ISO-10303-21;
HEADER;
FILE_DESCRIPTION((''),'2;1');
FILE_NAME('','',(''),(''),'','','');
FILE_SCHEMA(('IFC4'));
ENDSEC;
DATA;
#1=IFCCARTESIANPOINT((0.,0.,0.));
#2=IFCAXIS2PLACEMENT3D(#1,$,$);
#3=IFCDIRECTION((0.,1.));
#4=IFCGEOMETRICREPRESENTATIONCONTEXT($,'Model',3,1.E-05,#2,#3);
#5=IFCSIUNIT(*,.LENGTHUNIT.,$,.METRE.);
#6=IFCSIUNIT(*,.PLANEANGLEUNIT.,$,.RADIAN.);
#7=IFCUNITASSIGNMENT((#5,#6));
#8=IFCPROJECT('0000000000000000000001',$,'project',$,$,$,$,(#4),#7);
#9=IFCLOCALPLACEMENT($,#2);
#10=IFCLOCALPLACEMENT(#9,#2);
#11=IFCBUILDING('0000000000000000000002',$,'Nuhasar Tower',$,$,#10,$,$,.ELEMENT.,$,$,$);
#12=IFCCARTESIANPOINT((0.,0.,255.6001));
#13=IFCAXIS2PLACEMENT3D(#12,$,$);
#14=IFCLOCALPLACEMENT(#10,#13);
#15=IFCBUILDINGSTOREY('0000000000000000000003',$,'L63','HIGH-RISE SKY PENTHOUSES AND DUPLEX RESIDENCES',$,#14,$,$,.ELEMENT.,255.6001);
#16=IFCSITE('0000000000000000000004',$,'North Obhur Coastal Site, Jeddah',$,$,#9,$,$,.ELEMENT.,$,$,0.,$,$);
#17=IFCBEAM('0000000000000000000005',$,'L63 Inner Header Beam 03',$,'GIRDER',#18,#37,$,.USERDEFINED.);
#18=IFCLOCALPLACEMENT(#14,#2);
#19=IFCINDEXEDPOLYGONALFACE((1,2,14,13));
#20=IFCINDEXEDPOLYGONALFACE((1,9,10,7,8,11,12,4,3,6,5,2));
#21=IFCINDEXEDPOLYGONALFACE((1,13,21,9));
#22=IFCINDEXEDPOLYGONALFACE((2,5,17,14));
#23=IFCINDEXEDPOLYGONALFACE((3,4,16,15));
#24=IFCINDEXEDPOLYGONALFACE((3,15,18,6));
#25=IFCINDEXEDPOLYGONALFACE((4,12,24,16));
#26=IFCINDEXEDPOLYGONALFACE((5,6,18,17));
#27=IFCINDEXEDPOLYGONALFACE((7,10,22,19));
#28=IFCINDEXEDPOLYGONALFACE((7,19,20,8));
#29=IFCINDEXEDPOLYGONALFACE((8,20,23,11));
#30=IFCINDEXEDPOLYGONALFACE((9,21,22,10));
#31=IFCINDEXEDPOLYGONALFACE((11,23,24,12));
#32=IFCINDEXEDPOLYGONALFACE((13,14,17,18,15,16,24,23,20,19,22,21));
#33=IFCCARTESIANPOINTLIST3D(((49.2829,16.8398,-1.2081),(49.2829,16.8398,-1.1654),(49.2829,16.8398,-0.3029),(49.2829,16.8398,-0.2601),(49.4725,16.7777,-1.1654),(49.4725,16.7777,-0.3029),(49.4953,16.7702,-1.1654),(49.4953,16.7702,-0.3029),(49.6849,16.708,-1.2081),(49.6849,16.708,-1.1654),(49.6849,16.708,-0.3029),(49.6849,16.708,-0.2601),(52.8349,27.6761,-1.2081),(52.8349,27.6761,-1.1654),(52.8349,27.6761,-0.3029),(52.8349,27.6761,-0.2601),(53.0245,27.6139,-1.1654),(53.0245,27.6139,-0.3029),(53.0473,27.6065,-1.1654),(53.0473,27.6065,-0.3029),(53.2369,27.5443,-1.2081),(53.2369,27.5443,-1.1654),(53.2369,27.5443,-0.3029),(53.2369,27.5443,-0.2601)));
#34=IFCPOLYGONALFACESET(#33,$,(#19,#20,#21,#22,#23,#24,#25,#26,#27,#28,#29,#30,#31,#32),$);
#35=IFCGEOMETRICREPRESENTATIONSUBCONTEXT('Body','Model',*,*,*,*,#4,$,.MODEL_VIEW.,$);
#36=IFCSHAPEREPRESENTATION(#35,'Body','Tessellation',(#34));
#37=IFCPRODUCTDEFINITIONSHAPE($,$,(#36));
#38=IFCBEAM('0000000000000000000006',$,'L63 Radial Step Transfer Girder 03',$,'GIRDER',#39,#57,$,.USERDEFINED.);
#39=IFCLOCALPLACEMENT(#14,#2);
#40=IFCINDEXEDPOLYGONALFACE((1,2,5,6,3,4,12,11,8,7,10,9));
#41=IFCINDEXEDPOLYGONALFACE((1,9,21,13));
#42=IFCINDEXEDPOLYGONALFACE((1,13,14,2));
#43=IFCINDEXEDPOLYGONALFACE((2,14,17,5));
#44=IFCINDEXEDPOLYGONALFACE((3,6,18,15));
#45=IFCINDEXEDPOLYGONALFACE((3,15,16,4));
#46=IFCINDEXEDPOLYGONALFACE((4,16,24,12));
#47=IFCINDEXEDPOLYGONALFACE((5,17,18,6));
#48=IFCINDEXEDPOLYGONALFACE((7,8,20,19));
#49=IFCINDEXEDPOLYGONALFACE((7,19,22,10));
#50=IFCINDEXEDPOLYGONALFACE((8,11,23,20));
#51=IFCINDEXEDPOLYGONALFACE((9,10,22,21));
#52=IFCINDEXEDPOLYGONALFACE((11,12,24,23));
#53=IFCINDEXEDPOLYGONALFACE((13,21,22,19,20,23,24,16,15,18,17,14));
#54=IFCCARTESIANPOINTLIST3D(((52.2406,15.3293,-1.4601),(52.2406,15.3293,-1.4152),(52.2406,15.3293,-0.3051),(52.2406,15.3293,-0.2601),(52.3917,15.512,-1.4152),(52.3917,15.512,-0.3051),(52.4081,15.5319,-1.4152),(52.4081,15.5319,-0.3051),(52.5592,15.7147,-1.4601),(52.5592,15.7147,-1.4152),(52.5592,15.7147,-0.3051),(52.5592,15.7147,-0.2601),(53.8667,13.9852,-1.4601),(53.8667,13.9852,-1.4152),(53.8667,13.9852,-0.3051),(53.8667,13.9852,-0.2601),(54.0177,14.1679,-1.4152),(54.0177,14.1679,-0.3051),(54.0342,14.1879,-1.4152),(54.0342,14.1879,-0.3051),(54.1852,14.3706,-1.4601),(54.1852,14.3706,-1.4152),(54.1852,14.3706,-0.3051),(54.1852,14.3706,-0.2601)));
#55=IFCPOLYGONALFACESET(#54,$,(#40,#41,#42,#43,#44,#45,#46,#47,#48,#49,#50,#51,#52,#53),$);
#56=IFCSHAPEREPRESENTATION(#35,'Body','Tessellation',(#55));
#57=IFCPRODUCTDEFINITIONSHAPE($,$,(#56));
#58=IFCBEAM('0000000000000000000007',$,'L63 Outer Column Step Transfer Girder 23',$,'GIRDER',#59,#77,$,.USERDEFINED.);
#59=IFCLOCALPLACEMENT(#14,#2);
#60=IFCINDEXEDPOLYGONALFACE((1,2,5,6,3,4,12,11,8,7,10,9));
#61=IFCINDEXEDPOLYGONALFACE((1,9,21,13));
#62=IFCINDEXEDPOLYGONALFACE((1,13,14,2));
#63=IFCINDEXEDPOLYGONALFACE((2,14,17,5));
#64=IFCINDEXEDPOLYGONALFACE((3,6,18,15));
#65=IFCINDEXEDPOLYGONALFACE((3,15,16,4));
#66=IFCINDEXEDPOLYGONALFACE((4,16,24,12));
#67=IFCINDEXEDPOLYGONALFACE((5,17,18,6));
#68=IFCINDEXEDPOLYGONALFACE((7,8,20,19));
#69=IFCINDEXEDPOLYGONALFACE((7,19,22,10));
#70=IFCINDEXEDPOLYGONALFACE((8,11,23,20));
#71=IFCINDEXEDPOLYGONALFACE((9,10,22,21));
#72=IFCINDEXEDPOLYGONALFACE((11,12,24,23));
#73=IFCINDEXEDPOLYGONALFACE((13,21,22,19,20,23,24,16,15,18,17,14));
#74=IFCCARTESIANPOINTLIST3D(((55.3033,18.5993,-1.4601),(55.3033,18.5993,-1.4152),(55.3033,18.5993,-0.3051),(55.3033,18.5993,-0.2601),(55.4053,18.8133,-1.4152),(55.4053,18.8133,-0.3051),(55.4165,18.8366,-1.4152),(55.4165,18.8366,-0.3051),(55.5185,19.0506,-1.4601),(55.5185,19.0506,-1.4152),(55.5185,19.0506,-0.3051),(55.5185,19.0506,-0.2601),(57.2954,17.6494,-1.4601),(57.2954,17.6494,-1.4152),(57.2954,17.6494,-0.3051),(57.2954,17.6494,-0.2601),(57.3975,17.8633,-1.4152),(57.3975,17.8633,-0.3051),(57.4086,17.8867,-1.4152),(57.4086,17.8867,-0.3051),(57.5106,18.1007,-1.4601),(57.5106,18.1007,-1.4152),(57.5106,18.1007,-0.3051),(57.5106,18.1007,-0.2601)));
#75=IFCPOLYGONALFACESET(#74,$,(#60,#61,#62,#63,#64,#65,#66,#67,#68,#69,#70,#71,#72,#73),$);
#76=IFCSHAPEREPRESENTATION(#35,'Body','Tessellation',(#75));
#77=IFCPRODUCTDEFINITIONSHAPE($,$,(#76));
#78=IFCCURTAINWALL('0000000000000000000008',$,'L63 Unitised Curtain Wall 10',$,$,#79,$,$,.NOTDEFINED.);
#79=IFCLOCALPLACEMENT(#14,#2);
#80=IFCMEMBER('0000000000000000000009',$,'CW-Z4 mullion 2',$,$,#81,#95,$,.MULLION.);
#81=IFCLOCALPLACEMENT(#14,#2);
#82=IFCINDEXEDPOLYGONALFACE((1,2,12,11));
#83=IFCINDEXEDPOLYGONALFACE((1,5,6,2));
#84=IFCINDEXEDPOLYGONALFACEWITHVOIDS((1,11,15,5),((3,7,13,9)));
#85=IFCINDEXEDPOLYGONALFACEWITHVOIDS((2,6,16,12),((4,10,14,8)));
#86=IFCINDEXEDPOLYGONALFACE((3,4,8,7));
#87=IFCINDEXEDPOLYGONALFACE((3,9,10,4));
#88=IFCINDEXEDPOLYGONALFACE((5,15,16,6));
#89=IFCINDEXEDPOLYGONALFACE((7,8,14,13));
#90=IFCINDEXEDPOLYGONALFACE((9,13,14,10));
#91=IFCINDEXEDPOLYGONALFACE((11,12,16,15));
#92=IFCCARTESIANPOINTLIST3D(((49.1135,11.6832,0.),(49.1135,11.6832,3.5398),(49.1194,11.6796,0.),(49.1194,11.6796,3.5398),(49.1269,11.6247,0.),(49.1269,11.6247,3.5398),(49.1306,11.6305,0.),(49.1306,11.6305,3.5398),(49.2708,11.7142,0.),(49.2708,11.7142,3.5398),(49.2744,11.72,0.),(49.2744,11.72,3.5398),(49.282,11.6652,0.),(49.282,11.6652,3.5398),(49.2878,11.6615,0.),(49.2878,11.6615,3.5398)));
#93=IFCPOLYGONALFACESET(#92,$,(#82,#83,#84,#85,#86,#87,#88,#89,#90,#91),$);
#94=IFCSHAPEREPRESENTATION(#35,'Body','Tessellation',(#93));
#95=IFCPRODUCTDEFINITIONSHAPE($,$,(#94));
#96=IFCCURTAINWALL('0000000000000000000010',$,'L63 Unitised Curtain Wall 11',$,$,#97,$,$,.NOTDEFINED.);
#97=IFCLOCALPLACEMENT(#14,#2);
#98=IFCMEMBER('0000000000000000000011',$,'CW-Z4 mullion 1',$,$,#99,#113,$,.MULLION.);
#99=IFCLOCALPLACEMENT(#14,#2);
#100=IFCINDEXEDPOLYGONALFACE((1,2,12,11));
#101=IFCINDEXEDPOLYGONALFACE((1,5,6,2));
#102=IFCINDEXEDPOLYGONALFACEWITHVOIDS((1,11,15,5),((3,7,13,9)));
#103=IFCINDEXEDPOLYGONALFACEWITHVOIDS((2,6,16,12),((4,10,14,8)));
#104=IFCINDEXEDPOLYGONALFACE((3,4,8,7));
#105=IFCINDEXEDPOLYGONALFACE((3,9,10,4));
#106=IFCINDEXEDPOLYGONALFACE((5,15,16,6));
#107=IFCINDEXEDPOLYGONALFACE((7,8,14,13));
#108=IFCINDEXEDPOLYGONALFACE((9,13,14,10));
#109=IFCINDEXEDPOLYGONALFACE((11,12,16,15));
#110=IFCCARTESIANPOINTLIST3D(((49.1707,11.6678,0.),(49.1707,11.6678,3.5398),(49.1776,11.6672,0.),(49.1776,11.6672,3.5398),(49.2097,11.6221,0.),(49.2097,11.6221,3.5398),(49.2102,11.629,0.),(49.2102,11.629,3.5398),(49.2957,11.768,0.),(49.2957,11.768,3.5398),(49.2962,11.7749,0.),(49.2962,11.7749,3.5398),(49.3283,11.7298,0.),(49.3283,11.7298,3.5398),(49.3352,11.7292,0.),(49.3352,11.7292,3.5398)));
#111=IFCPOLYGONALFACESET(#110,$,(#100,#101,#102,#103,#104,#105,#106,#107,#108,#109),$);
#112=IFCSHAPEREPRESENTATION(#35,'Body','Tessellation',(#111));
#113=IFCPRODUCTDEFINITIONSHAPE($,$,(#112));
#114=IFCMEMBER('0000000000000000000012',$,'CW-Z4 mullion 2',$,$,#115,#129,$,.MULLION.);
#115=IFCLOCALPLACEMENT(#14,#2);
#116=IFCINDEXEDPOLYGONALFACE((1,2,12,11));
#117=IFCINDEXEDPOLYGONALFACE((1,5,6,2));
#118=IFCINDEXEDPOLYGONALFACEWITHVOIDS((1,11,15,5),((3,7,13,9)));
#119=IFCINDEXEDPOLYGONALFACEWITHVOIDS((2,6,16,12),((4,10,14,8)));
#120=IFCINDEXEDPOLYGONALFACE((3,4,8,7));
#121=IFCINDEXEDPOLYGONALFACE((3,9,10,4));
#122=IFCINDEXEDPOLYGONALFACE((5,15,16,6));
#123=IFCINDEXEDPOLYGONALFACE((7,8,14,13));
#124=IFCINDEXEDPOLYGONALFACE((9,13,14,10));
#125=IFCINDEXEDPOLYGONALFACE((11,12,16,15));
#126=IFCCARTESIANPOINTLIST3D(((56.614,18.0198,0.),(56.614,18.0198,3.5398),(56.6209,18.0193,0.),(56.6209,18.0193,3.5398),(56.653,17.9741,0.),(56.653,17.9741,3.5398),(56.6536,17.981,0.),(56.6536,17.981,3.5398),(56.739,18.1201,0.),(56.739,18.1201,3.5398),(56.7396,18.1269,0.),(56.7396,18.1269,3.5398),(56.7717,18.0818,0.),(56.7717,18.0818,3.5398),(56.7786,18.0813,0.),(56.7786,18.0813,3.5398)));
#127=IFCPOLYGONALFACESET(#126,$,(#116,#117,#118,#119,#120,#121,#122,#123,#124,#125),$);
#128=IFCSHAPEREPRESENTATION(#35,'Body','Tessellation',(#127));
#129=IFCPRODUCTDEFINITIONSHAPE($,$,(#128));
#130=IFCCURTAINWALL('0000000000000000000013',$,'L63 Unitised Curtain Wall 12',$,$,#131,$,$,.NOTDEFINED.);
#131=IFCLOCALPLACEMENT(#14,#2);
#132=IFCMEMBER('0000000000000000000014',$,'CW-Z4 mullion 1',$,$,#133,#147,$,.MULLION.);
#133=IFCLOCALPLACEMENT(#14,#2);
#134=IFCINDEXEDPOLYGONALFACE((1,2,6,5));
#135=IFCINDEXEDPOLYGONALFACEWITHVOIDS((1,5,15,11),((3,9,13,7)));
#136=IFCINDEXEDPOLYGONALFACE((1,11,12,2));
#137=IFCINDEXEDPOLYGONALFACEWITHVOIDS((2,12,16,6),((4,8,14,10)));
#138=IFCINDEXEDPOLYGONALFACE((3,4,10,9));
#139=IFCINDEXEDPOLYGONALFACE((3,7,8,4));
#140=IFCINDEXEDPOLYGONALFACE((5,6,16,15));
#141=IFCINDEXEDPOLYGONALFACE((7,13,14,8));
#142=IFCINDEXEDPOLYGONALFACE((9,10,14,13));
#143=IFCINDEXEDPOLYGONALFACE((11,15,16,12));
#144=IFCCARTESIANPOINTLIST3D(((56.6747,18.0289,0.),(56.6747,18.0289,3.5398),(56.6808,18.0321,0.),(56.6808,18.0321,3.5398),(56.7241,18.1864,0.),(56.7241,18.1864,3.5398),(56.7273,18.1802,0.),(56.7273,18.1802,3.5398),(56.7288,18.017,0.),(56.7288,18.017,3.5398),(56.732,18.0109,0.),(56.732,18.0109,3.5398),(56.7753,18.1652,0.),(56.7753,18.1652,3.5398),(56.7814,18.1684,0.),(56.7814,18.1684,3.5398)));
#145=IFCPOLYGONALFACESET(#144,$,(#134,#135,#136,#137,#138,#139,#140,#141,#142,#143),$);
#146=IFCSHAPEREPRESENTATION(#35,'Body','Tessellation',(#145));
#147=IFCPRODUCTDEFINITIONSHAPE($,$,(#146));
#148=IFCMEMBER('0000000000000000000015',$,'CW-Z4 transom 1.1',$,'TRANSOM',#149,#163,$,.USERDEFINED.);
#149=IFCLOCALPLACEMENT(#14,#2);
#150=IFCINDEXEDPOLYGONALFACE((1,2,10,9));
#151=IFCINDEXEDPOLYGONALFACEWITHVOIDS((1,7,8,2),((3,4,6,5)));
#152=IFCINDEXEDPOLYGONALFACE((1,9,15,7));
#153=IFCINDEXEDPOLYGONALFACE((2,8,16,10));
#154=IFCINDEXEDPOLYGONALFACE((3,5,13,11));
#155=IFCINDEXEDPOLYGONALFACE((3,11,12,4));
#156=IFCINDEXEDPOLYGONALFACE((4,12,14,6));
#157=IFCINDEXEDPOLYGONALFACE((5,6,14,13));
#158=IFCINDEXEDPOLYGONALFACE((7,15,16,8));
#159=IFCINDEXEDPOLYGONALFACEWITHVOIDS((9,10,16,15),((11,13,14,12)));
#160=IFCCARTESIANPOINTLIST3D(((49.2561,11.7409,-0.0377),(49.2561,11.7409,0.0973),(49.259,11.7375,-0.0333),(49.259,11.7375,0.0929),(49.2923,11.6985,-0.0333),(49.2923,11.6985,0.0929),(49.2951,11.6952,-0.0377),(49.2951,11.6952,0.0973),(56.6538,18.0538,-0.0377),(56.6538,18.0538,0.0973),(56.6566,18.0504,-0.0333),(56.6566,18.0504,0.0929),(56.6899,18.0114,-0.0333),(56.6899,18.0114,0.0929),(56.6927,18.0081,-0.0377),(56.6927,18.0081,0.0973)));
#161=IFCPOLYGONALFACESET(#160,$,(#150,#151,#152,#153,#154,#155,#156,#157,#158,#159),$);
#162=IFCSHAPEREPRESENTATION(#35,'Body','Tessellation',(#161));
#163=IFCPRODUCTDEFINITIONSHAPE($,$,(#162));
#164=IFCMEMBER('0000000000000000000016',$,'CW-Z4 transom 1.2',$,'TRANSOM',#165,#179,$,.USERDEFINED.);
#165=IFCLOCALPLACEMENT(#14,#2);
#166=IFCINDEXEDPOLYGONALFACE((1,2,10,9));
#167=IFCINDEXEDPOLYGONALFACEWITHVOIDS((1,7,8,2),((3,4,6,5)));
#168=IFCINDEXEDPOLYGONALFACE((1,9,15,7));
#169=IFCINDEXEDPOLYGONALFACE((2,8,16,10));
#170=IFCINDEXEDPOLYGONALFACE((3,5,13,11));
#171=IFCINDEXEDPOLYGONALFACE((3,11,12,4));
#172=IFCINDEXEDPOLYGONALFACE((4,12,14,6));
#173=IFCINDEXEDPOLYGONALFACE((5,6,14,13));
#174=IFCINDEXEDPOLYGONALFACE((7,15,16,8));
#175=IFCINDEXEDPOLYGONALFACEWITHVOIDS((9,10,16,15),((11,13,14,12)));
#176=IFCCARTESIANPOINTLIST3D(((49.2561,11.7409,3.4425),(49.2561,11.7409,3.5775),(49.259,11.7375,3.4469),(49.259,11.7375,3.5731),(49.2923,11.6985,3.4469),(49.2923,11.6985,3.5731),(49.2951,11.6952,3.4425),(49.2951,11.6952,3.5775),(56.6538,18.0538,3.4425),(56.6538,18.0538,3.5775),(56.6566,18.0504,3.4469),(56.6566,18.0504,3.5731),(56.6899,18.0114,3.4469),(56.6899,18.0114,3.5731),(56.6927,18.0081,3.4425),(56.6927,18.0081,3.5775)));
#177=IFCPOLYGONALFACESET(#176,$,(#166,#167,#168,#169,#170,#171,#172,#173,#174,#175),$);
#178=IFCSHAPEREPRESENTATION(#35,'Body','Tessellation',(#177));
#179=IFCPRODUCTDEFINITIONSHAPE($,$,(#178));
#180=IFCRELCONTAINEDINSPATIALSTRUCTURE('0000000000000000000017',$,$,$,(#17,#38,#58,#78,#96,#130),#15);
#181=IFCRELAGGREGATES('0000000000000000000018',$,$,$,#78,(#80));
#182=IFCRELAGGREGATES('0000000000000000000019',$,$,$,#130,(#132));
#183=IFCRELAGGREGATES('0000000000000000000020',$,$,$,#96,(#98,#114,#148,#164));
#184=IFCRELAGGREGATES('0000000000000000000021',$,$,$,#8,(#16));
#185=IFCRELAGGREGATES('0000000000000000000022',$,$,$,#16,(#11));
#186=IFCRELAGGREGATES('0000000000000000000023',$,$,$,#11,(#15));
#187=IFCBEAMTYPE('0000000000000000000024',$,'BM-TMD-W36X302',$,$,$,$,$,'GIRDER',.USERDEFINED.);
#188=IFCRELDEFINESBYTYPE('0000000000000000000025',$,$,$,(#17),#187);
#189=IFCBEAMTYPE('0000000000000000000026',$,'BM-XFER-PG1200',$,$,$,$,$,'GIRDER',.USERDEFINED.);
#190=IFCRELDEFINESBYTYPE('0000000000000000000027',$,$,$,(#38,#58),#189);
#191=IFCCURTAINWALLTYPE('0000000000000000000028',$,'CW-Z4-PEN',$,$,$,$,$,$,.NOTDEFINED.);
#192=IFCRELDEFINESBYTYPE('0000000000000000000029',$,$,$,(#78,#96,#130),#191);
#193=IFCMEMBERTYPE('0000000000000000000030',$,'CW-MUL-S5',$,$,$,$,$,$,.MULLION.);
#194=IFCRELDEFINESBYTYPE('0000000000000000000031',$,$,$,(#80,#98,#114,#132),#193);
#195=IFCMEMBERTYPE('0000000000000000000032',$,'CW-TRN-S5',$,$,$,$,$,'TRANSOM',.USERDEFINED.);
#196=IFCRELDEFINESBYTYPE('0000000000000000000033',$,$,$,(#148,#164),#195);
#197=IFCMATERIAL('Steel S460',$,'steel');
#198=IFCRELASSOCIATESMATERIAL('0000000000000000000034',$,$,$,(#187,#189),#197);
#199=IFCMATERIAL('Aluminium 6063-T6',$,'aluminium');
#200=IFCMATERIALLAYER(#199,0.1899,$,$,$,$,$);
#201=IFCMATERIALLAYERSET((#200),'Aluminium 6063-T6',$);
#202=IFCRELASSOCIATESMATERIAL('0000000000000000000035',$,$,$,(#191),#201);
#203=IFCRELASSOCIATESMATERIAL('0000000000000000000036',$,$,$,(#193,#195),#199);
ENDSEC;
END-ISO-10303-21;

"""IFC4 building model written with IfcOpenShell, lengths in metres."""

from ifc_helpers import new_model, si_unit, direction, frame, origin, origin_2d, place, context, subcontext, project, spatial, hollow_rectangle, i_section, extrude, material, layer, layer_set, material_profile, profile_set, type_object, element, aggregate, save


model = new_model("IFC4")

# Units and contexts
model_context = context("Model", 3, precision=1e-05, world=origin(), true_north=direction((0.0, 1.0)))
body_context = subcontext(model_context, "Body", "Model", "MODEL_VIEW")
ifc_project = project(units=[si_unit("LENGTHUNIT", "METRE"), si_unit("PLANEANGLEUNIT", "RADIAN")], contexts=[model_context])

# Site, building, storey
site_placement = place(None, origin())
site = spatial("IfcSite", under=ifc_project, at=site_placement, Name="North Obhur Coastal Site, Jeddah", CompositionType="ELEMENT", RefElevation=0.0)
building_placement = place(site_placement, origin())
building = spatial("IfcBuilding", under=site, at=building_placement, Name="Nuhasar Tower", CompositionType="ELEMENT")
storey_placement = place(building_placement, frame((0.0, 0.0, 255.6001)))
storey = spatial("IfcBuildingStorey", under=building, at=storey_placement, Name="L63", Description="HIGH-RISE SKY PENTHOUSES AND DUPLEX RESIDENCES", CompositionType="ELEMENT", Elevation=255.6001)

# Beams
ifc_material_1 = material(Name="Steel S460", Category="steel")
ifc_material_profile_1 = material_profile(ifc_material_1, i_section(OverallWidth=0.4231, OverallDepth=0.948, WebThickness=0.0239, FlangeThickness=0.0427, at=origin_2d()), Name="W36X302")
ifc_profile_set_1 = profile_set([ifc_material_profile_1], Name="Steel S460")
beam_type_1 = type_object("IfcBeamType", Name="BM-TMD-W36X302", ElementType="GIRDER", PredefinedType="USERDEFINED", material=ifc_profile_set_1)
beam_1_placement = place(storey_placement, frame((49.4839, 16.7739, -0.7341), z_axis=(0.311484, 0.950251, 0.0), x_axis=(-0.950251, 0.311484, 0.0)))
element("IfcBeam", 1, at=beam_1_placement, inside=storey, type_object=beam_type_1, Name="L63 Inner Header Beam 03", ObjectType="GIRDER", PredefinedType="USERDEFINED", context=body_context, shape_type="SweptSolid", body=[
    extrude(i_section(OverallWidth=0.4231, OverallDepth=0.948, WebThickness=0.0239, FlangeThickness=0.0427, at=origin_2d()), origin(), (0.0, 0.0, 1.0), 11.4036),
])
ifc_material_profile_2 = material_profile(ifc_material_1, i_section(OverallWidth=0.5, OverallDepth=1.2, WebThickness=0.0259, FlangeThickness=0.0449, at=origin_2d()), Name="PG1200X500")
ifc_profile_set_2 = profile_set([ifc_material_profile_2], Name="Steel S460")
beam_type_2 = type_object("IfcBeamType", Name="BM-XFER-PG1200", ElementType="GIRDER", PredefinedType="USERDEFINED", material=ifc_profile_set_2)
beam_2_placement = place(storey_placement, frame((52.3999, 15.522, -0.8601), z_axis=(0.770776, -0.637106, 0.0), x_axis=(0.637106, 0.770776, 0.0)))
element("IfcBeam", 2, at=beam_2_placement, inside=storey, type_object=beam_type_2, Name="L63 Radial Step Transfer Girder 03", ObjectType="GIRDER", PredefinedType="USERDEFINED", context=body_context, shape_type="SweptSolid", body=[
    extrude(i_section(OverallWidth=0.5, OverallDepth=1.2, WebThickness=0.0259, FlangeThickness=0.0449, at=origin_2d()), origin(), (0.0, 0.0, 1.0), 2.1096),
])
beam_3_placement = place(storey_placement, frame((55.4109, 18.825, -0.8601), z_axis=(0.902633, -0.43041, 0.0), x_axis=(0.43041, 0.902633, 0.0)))
element("IfcBeam", 3, at=beam_3_placement, inside=storey, type_object=beam_type_2, Name="L63 Outer Column Step Transfer Girder 23", ObjectType="GIRDER", PredefinedType="USERDEFINED", context=body_context, shape_type="SweptSolid", body=[
    extrude(i_section(OverallWidth=0.5, OverallDepth=1.2, WebThickness=0.0259, FlangeThickness=0.0449, at=origin_2d()), origin(), (0.0, 0.0, 1.0), 2.207),
])

# Curtain wall, member
ifc_material_2 = material(Name="Aluminium 6063-T6", Category="aluminium")
ifc_layer_1 = layer(ifc_material_2, 0.1899)
ifc_layer_set_1 = layer_set([ifc_layer_1], Name="Aluminium 6063-T6")
curtain_wall_type = type_object("IfcCurtainWallType", Name="CW-Z4-PEN", PredefinedType="NOTDEFINED", material=ifc_layer_set_1)
curtain_wall_1_placement = place(storey_placement, origin())
curtain_wall_1 = element("IfcCurtainWall", 4, at=curtain_wall_1_placement, inside=storey, type_object=curtain_wall_type, Name="L63 Unitised Curtain Wall 10", PredefinedType="NOTDEFINED")
ifc_material_profile_3 = material_profile(ifc_material_2, hollow_rectangle(XDim=0.0601, YDim=0.165, WallThickness=0.0049, at=origin_2d()), Name="CWM-5")
ifc_profile_set_3 = profile_set([ifc_material_profile_3], Name="Aluminium 6063-T6")
member_type_1 = type_object("IfcMemberType", Name="CW-MUL-S5", PredefinedType="MULLION", material=ifc_profile_set_3)
member_1_placement = place(storey_placement, frame((49.2007, 11.6724, 0.0), z_axis=(0.0, 0.0, 1.0), x_axis=(-0.222889, 0.974844, 0.0)))
member_1 = element("IfcMember", 5, at=member_1_placement, type_object=member_type_1, Name="CW-Z4 mullion 2", PredefinedType="MULLION", context=body_context, shape_type="SweptSolid", body=[
    extrude(hollow_rectangle(XDim=0.0601, YDim=0.165, WallThickness=0.0049, at=origin_2d()), origin(), (0.0, 0.0, 1.0), 3.5398),
])
aggregate(curtain_wall_1, [member_1])

# Curtain wall, members
curtain_wall_2_placement = place(storey_placement, origin())
curtain_wall_2 = element("IfcCurtainWall", 6, at=curtain_wall_2_placement, inside=storey, type_object=curtain_wall_type, Name="L63 Unitised Curtain Wall 11", PredefinedType="NOTDEFINED")
member_2_placement = place(storey_placement, frame((49.2529, 11.6985, 0.0), z_axis=(0.0, 0.0, 1.0), x_axis=(-0.649142, 0.760667, 0.0)))
member_2 = element("IfcMember", 7, at=member_2_placement, type_object=member_type_1, Name="CW-Z4 mullion 1", PredefinedType="MULLION", context=body_context, shape_type="SweptSolid", body=[
    extrude(hollow_rectangle(XDim=0.0601, YDim=0.165, WallThickness=0.0049, at=origin_2d()), origin(), (0.0, 0.0, 1.0), 3.5398),
])
member_3_placement = place(storey_placement, frame((56.6963, 18.0505, 0.0), z_axis=(0.0, 0.0, 1.0), x_axis=(-0.649142, 0.760667, 0.0)))
member_3 = element("IfcMember", 8, at=member_3_placement, type_object=member_type_1, Name="CW-Z4 mullion 2", PredefinedType="MULLION", context=body_context, shape_type="SweptSolid", body=[
    extrude(hollow_rectangle(XDim=0.0601, YDim=0.165, WallThickness=0.0049, at=origin_2d()), origin(), (0.0, 0.0, 1.0), 3.5398),
])

# Curtain wall, member
curtain_wall_3_placement = place(storey_placement, origin())
curtain_wall_3 = element("IfcCurtainWall", 9, at=curtain_wall_3_placement, inside=storey, type_object=curtain_wall_type, Name="L63 Unitised Curtain Wall 12", PredefinedType="NOTDEFINED")
member_4_placement = place(storey_placement, frame((56.728, 18.0986, 0.0), z_axis=(0.0, 0.0, 1.0), x_axis=(-0.954079, 0.299557, 0.0)))
member_4 = element("IfcMember", 10, at=member_4_placement, type_object=member_type_1, Name="CW-Z4 mullion 1", PredefinedType="MULLION", context=body_context, shape_type="SweptSolid", body=[
    extrude(hollow_rectangle(XDim=0.0601, YDim=0.165, WallThickness=0.0049, at=origin_2d()), origin(), (0.0, 0.0, 1.0), 3.5398),
])

# Members
ifc_material_profile_4 = material_profile(ifc_material_2, hollow_rectangle(XDim=0.0601, YDim=0.135, WallThickness=0.0044, at=origin_2d()), Name="CWT-5")
ifc_profile_set_4 = profile_set([ifc_material_profile_4], Name="Aluminium 6063-T6")
member_type_2 = type_object("IfcMemberType", Name="CW-TRN-S5", ElementType="TRANSOM", PredefinedType="USERDEFINED", material=ifc_profile_set_4)
member_5_placement = place(storey_placement, frame((49.2756, 11.718, 0.0298), z_axis=(0.760672, 0.649136, 0.0), x_axis=(-0.649136, 0.760672, 0.0)))
member_5 = element("IfcMember", 11, at=member_5_placement, type_object=member_type_2, Name="CW-Z4 transom 1.1", ObjectType="TRANSOM", PredefinedType="USERDEFINED", context=body_context, shape_type="SweptSolid", body=[
    extrude(hollow_rectangle(XDim=0.0601, YDim=0.135, WallThickness=0.0044, at=origin_2d()), origin(), (0.0, 0.0, 1.0), 9.7251),
])
member_6_placement = place(storey_placement, frame((49.2756, 11.718, 3.51), z_axis=(0.760672, 0.649136, 0.0), x_axis=(-0.649136, 0.760672, 0.0)))
member_6 = element("IfcMember", 12, at=member_6_placement, type_object=member_type_2, Name="CW-Z4 transom 1.2", ObjectType="TRANSOM", PredefinedType="USERDEFINED", context=body_context, shape_type="SweptSolid", body=[
    extrude(hollow_rectangle(XDim=0.0601, YDim=0.135, WallThickness=0.0044, at=origin_2d()), origin(), (0.0, 0.0, 1.0), 9.7251),
])
aggregate(curtain_wall_3, [member_4])

aggregate(curtain_wall_2, [member_2, member_3, member_5, member_6])

save(model, "model.ifc")
